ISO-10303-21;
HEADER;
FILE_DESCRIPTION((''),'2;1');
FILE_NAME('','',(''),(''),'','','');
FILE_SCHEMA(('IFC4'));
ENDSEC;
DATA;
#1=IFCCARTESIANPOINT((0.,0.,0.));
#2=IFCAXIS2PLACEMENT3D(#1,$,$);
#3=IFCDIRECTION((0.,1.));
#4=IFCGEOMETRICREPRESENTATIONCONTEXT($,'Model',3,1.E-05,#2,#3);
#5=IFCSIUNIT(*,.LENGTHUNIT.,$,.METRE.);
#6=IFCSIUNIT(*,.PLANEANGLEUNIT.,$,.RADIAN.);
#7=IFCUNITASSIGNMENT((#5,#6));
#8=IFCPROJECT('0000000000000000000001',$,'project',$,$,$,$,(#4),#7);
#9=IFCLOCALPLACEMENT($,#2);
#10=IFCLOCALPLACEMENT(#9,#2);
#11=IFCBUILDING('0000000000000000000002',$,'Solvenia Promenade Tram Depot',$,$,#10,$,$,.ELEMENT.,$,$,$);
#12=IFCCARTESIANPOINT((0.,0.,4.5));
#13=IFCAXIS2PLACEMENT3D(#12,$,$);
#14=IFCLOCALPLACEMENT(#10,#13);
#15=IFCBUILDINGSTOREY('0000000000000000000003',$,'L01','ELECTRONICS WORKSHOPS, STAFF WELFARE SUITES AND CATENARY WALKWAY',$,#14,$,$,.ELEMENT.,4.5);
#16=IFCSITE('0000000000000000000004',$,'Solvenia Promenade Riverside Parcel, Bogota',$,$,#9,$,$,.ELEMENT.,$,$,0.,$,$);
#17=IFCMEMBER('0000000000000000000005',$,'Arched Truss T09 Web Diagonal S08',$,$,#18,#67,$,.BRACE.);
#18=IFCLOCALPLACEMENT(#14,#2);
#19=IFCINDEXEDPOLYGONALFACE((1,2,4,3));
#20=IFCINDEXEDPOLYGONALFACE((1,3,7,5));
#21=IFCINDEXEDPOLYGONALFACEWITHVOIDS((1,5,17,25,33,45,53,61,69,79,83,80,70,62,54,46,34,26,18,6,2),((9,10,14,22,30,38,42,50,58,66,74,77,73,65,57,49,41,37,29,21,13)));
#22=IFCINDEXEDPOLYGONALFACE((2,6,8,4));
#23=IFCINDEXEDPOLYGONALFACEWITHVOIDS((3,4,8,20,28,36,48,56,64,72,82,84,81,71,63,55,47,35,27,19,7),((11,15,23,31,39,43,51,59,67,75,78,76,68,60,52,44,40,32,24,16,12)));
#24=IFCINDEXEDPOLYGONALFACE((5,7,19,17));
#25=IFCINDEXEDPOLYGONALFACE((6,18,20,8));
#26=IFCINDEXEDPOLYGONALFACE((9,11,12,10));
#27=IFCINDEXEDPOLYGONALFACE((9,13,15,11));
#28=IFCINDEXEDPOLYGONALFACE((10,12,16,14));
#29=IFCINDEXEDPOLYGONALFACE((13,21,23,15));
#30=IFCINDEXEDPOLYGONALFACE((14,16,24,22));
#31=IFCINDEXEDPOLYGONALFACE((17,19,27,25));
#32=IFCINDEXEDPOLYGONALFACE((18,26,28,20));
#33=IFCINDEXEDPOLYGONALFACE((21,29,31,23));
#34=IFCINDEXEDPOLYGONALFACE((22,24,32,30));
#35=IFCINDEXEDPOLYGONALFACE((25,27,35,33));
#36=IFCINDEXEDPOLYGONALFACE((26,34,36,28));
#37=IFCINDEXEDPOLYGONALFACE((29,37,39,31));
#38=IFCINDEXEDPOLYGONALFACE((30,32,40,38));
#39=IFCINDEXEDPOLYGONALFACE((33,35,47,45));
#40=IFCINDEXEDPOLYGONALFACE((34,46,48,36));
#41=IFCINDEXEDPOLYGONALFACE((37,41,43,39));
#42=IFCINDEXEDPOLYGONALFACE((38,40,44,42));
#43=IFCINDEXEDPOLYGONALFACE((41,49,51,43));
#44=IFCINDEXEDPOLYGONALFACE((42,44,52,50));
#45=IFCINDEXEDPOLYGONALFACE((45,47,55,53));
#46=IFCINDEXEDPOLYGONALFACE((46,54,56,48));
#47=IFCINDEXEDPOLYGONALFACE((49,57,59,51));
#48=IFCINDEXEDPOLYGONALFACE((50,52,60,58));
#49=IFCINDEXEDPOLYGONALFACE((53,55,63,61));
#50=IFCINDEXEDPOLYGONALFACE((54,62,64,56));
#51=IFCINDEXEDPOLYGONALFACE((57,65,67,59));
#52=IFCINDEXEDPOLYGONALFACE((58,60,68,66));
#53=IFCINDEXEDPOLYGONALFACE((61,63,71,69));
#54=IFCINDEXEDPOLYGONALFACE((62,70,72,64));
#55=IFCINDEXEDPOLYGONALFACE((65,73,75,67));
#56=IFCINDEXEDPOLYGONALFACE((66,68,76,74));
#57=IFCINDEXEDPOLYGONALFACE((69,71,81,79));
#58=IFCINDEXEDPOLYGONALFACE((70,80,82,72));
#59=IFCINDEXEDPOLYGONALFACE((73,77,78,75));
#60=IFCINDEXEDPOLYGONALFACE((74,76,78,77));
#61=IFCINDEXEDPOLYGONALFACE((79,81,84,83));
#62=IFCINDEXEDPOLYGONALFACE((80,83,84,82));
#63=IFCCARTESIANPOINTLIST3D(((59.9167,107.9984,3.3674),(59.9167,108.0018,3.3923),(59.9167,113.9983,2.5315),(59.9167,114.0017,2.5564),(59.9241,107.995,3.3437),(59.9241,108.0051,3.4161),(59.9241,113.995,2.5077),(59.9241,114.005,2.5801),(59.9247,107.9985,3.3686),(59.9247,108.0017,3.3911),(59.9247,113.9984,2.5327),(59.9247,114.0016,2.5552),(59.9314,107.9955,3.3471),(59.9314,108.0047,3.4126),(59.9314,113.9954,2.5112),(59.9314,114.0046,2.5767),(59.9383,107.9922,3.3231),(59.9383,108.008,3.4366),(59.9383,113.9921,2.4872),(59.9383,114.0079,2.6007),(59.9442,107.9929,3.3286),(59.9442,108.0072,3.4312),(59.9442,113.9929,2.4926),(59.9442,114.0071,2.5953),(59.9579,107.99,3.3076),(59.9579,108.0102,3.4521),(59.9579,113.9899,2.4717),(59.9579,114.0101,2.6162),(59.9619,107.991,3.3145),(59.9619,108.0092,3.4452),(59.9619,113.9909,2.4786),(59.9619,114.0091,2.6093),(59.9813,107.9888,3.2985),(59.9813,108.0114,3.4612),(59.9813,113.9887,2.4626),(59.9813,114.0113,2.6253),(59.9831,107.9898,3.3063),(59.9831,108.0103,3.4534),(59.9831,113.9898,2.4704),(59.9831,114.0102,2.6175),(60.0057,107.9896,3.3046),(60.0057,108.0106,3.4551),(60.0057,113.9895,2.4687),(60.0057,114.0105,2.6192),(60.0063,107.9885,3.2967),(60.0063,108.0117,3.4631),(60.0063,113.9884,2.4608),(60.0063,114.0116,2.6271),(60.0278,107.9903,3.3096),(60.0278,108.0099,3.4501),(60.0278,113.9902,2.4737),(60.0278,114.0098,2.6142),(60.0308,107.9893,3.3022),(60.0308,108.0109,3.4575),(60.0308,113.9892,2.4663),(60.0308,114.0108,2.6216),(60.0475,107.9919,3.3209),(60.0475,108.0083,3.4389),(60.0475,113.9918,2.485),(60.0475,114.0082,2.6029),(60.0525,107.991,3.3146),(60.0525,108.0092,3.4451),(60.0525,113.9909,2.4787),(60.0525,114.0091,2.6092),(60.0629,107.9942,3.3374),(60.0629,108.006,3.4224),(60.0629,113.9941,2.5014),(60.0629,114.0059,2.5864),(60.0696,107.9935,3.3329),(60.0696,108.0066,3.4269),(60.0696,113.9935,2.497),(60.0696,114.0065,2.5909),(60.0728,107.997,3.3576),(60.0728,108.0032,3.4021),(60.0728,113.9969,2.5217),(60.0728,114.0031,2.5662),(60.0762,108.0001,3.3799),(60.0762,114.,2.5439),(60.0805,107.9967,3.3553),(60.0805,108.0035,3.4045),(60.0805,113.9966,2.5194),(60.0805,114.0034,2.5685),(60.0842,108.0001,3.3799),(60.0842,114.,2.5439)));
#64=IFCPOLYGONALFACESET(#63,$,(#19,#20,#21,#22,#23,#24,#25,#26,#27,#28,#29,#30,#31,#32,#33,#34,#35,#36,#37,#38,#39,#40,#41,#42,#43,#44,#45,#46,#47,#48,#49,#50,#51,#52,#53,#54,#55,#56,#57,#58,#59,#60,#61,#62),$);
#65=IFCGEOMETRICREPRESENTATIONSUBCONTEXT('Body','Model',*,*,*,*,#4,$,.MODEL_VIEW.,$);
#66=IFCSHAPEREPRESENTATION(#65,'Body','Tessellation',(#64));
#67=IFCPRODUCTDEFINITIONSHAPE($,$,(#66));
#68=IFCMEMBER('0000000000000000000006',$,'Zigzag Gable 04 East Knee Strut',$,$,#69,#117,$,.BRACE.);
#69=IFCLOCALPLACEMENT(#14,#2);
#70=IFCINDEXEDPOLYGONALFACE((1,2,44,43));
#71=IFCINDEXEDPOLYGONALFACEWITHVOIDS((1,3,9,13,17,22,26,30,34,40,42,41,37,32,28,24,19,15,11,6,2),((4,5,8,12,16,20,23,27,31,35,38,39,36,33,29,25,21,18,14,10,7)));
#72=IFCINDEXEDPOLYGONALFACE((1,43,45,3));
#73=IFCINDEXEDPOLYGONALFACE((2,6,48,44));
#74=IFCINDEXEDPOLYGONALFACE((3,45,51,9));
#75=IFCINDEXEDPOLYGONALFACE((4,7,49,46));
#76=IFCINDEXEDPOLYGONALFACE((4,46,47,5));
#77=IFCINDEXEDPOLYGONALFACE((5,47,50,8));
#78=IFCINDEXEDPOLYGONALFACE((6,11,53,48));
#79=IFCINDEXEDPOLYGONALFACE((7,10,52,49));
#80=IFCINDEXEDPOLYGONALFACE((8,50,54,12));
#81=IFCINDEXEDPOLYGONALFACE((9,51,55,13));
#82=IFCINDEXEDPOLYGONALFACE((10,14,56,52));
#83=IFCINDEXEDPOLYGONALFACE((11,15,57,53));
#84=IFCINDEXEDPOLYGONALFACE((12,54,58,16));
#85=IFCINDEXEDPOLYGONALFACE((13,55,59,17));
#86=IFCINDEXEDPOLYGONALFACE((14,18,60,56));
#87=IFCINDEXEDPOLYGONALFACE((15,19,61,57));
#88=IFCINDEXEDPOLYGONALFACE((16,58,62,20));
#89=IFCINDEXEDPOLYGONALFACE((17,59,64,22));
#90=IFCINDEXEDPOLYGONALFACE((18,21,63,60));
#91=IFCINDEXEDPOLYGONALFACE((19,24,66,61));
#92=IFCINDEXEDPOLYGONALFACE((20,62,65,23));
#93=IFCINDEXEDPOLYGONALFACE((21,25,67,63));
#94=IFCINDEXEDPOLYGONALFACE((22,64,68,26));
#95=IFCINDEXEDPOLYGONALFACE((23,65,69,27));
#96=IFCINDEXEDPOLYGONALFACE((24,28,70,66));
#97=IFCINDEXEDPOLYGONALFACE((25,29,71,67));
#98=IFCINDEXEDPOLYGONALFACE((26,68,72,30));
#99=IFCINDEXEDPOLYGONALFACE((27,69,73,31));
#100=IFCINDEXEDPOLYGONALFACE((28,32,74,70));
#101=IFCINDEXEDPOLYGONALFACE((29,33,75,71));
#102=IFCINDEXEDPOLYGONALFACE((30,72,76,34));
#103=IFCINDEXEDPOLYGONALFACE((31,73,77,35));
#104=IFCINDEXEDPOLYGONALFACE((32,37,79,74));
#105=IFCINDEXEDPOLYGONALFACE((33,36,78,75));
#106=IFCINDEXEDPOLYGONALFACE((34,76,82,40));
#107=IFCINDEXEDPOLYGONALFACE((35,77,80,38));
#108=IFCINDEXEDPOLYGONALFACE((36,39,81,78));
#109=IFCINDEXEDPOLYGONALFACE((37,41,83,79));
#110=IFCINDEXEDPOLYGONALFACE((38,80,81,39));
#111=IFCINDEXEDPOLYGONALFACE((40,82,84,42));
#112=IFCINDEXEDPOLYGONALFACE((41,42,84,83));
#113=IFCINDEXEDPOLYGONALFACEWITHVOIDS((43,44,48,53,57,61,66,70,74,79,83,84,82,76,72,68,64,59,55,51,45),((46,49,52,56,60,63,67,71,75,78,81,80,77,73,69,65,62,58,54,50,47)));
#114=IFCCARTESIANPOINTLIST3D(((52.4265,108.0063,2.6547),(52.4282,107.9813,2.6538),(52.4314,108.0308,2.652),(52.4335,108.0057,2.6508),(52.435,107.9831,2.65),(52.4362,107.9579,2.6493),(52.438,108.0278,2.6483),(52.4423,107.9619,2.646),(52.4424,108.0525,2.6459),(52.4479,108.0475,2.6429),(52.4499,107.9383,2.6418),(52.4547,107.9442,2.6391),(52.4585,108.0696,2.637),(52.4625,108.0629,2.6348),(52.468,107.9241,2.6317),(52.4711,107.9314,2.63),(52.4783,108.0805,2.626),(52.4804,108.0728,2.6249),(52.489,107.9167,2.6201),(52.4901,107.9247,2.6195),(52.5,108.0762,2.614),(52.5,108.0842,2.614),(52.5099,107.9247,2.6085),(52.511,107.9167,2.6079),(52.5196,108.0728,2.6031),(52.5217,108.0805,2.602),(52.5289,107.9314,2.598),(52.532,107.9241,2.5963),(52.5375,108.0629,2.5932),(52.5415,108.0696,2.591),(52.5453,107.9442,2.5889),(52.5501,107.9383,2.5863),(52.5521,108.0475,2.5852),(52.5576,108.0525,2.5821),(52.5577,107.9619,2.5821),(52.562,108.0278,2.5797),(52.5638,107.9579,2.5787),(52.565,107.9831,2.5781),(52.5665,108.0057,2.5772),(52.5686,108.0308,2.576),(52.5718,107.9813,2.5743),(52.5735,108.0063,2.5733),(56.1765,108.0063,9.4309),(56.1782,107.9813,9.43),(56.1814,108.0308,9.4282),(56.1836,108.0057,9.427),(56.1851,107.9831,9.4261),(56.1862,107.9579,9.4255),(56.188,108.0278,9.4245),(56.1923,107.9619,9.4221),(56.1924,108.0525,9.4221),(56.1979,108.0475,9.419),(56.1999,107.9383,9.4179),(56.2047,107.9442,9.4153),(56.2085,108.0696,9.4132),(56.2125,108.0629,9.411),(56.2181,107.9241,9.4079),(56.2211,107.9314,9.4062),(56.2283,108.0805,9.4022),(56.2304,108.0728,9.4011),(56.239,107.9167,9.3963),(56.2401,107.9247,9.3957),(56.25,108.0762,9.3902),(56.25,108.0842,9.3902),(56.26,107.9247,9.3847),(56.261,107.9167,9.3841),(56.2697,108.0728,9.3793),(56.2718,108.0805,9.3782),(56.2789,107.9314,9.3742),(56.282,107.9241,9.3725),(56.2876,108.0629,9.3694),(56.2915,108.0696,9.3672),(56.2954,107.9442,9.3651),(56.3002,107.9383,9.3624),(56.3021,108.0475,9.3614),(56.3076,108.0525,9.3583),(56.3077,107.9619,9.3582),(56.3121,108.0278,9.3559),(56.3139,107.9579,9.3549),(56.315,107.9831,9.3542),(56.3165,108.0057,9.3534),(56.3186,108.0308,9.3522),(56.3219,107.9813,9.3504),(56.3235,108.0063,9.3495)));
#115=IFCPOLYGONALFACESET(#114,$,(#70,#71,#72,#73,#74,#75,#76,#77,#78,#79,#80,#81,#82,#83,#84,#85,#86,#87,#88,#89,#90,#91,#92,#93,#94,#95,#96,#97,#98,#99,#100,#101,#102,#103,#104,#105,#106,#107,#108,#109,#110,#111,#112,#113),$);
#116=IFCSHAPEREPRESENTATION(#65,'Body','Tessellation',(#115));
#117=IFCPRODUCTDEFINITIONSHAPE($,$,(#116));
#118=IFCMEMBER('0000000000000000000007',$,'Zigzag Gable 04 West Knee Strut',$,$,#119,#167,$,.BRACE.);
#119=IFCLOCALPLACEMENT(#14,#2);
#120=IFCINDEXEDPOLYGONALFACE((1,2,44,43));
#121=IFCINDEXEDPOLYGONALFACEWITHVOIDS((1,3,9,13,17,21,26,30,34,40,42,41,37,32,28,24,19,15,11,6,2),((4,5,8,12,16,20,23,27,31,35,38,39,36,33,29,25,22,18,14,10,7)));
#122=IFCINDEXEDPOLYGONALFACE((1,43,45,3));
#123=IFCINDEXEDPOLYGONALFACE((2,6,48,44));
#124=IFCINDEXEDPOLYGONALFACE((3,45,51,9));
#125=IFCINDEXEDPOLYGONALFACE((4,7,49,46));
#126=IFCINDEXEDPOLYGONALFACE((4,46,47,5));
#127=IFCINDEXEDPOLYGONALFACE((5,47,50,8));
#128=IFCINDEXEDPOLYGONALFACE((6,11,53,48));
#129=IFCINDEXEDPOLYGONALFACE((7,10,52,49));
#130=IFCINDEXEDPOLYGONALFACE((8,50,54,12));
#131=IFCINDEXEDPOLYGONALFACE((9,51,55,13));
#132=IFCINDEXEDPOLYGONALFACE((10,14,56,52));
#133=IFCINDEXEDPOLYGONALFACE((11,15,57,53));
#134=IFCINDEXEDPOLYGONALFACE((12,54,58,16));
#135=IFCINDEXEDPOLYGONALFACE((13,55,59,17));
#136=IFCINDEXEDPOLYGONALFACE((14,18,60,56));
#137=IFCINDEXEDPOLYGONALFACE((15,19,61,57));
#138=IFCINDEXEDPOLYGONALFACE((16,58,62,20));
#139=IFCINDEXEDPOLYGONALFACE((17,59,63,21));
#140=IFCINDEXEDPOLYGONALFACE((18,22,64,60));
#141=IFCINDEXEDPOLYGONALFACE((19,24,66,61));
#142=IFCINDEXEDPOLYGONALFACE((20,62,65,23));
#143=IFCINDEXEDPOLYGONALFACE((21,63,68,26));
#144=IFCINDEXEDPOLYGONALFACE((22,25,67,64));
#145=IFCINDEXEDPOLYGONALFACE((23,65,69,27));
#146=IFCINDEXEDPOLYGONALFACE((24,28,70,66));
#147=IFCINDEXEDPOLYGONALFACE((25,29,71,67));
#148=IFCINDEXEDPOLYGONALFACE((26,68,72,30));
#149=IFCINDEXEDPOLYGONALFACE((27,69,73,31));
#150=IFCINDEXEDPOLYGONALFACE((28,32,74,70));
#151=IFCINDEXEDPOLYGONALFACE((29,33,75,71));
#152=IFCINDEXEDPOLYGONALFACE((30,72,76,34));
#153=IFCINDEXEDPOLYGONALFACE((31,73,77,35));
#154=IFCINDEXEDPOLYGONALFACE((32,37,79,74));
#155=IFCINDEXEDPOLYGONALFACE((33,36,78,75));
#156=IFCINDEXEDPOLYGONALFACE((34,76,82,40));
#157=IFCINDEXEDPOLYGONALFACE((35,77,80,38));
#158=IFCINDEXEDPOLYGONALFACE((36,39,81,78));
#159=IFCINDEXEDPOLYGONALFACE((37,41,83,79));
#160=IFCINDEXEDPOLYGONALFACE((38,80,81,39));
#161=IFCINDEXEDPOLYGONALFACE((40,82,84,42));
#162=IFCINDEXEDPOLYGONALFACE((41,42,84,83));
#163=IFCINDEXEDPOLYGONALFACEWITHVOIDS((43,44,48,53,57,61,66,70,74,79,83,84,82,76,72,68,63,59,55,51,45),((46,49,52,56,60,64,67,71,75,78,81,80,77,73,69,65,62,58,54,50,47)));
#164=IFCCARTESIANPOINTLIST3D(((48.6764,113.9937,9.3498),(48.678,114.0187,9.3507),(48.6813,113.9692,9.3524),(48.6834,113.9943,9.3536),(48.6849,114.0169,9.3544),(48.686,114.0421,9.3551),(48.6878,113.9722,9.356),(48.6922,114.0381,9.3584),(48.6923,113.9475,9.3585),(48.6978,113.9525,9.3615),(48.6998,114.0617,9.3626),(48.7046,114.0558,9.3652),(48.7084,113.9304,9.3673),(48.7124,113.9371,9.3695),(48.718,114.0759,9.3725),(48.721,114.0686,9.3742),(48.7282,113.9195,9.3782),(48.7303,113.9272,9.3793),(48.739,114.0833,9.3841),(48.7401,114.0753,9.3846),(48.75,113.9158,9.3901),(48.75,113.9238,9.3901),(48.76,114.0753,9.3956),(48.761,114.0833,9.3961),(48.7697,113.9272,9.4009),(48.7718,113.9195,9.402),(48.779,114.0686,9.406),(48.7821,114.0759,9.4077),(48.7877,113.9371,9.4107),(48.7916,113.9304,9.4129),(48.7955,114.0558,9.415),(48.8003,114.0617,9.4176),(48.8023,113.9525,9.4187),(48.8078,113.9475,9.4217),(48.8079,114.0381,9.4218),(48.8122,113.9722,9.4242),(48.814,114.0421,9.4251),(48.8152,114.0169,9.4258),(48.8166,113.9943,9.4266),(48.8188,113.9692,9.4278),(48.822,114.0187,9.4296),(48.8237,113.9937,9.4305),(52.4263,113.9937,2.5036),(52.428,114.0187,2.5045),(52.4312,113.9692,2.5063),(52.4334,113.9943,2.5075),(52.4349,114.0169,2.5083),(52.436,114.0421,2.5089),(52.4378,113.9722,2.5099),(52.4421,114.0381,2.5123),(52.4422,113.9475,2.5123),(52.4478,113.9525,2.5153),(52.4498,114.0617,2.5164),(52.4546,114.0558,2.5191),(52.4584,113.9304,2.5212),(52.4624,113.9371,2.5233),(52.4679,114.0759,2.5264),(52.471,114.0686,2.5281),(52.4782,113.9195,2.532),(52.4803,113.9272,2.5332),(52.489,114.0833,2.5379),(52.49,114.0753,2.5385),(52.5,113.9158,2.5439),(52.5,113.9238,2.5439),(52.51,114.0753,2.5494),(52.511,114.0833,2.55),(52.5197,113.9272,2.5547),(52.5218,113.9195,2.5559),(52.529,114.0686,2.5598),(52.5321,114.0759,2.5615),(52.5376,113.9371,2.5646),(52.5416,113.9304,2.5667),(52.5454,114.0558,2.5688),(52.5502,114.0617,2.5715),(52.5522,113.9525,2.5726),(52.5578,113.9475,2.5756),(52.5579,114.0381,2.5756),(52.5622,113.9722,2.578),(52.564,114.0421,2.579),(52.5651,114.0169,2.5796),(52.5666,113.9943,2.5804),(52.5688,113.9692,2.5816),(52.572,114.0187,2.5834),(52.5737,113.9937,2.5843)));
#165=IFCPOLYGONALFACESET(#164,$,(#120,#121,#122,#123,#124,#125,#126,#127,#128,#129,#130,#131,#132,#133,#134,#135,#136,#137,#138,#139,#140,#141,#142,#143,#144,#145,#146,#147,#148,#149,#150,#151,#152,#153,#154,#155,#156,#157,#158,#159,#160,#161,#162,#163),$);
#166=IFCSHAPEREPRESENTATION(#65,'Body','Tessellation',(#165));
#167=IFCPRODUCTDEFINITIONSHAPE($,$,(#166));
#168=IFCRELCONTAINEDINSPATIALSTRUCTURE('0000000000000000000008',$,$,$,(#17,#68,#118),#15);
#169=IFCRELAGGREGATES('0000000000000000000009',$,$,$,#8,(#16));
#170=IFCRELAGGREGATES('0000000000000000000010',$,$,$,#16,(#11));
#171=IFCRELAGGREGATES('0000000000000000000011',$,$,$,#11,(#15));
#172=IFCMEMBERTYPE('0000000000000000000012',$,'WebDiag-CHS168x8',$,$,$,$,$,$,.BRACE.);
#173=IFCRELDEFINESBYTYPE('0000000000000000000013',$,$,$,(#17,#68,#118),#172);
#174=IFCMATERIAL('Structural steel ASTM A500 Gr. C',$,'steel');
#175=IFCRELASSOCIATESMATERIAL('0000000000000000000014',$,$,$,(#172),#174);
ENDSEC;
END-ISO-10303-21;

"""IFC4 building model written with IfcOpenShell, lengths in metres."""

from ifc_helpers import new_model, si_unit, direction, frame, origin, origin_2d, place, context, subcontext, project, spatial, hollow_circle, extrude, material, material_profile, profile_set, type_object, element, save


model = new_model("IFC4")

# Units and contexts
model_context = context("Model", 3, precision=1e-05, world=origin(), true_north=direction((0.0, 1.0)))
body_context = subcontext(model_context, "Body", "Model", "MODEL_VIEW")
ifc_project = project(units=[si_unit("LENGTHUNIT", "METRE"), si_unit("PLANEANGLEUNIT", "RADIAN")], contexts=[model_context])

# Site, building, storey
site_placement = place(None, origin())
site = spatial("IfcSite", under=ifc_project, at=site_placement, Name="Solvenia Promenade Riverside Parcel, Bogota", CompositionType="ELEMENT", RefElevation=0.0)
building_placement = place(site_placement, origin())
building = spatial("IfcBuilding", under=site, at=building_placement, Name="Solvenia Promenade Tram Depot", CompositionType="ELEMENT")
storey_placement = place(building_placement, frame((0.0, 0.0, 4.5)))
storey = spatial("IfcBuildingStorey", under=building, at=storey_placement, Name="L01", Description="ELECTRONICS WORKSHOPS, STAFF WELFARE SUITES AND CATENARY WALKWAY", CompositionType="ELEMENT", Elevation=4.5)

# Shared definitions
ifc_material_1 = material(Name="Structural steel ASTM A500 Gr. C", Category="steel")

# Members
ifc_material_profile_1 = material_profile(ifc_material_1, hollow_circle(Radius=0.0842, WallThickness=0.0081, at=origin_2d()), Name="CHS168.3x8", Category="steel")
ifc_profile_set_1 = profile_set([ifc_material_profile_1], Name="Structural steel ASTM A500 Gr. C")
member_type_1 = type_object("IfcMemberType", Name="WebDiag-CHS168x8", PredefinedType="BRACE", material=ifc_profile_set_1)
member_1_placement = place(storey_placement, frame((60.0, 114.0, 2.5439), z_axis=(0.0, -0.990434, 0.13799), x_axis=(1.0, 0.0, 0.0)))
element("IfcMember", 1, at=member_1_placement, inside=storey, type_object=member_type_1, Name="Arched Truss T09 Web Diagonal S08", PredefinedType="BRACE", context=body_context, shape_type="SweptSolid", body=[
    extrude(hollow_circle(Radius=0.0842, WallThickness=0.0081, at=origin_2d()), origin(), (0.0, 0.0, 1.0), 6.0579),
])
member_2_placement = place(storey_placement, frame((52.5, 108.0, 2.614), z_axis=(0.48421, 0.0, 0.874952), x_axis=(0.0, 1.0, 0.0)))
element("IfcMember", 2, at=member_2_placement, inside=storey, type_object=member_type_1, Name="Zigzag Gable 04 East Knee Strut", PredefinedType="BRACE", context=body_context, shape_type="SweptSolid", body=[
    extrude(hollow_circle(Radius=0.0842, WallThickness=0.0081, at=origin_2d()), origin(), (0.0, 0.0, 1.0), 7.7446),
])
for number, where, z_axis, x_axis, name in (
    (3, (52.5, 114.0, 2.5439), (-0.480403, 0.0, 0.877048), (0.0, -1.0, 0.0), "Zigzag Gable 04 West Knee Strut"),
):
    element("IfcMember", number, at=place(storey_placement, frame(where, z_axis=z_axis, x_axis=x_axis)), inside=storey, type_object=member_type_1, Name=name, PredefinedType="BRACE", context=body_context, shape_type="SweptSolid", body=[
        extrude(hollow_circle(Radius=0.0842, WallThickness=0.0081, at=origin_2d()), origin(), (0.0, 0.0, 1.0), 7.8059),
    ])

save(model, "model.ifc")
